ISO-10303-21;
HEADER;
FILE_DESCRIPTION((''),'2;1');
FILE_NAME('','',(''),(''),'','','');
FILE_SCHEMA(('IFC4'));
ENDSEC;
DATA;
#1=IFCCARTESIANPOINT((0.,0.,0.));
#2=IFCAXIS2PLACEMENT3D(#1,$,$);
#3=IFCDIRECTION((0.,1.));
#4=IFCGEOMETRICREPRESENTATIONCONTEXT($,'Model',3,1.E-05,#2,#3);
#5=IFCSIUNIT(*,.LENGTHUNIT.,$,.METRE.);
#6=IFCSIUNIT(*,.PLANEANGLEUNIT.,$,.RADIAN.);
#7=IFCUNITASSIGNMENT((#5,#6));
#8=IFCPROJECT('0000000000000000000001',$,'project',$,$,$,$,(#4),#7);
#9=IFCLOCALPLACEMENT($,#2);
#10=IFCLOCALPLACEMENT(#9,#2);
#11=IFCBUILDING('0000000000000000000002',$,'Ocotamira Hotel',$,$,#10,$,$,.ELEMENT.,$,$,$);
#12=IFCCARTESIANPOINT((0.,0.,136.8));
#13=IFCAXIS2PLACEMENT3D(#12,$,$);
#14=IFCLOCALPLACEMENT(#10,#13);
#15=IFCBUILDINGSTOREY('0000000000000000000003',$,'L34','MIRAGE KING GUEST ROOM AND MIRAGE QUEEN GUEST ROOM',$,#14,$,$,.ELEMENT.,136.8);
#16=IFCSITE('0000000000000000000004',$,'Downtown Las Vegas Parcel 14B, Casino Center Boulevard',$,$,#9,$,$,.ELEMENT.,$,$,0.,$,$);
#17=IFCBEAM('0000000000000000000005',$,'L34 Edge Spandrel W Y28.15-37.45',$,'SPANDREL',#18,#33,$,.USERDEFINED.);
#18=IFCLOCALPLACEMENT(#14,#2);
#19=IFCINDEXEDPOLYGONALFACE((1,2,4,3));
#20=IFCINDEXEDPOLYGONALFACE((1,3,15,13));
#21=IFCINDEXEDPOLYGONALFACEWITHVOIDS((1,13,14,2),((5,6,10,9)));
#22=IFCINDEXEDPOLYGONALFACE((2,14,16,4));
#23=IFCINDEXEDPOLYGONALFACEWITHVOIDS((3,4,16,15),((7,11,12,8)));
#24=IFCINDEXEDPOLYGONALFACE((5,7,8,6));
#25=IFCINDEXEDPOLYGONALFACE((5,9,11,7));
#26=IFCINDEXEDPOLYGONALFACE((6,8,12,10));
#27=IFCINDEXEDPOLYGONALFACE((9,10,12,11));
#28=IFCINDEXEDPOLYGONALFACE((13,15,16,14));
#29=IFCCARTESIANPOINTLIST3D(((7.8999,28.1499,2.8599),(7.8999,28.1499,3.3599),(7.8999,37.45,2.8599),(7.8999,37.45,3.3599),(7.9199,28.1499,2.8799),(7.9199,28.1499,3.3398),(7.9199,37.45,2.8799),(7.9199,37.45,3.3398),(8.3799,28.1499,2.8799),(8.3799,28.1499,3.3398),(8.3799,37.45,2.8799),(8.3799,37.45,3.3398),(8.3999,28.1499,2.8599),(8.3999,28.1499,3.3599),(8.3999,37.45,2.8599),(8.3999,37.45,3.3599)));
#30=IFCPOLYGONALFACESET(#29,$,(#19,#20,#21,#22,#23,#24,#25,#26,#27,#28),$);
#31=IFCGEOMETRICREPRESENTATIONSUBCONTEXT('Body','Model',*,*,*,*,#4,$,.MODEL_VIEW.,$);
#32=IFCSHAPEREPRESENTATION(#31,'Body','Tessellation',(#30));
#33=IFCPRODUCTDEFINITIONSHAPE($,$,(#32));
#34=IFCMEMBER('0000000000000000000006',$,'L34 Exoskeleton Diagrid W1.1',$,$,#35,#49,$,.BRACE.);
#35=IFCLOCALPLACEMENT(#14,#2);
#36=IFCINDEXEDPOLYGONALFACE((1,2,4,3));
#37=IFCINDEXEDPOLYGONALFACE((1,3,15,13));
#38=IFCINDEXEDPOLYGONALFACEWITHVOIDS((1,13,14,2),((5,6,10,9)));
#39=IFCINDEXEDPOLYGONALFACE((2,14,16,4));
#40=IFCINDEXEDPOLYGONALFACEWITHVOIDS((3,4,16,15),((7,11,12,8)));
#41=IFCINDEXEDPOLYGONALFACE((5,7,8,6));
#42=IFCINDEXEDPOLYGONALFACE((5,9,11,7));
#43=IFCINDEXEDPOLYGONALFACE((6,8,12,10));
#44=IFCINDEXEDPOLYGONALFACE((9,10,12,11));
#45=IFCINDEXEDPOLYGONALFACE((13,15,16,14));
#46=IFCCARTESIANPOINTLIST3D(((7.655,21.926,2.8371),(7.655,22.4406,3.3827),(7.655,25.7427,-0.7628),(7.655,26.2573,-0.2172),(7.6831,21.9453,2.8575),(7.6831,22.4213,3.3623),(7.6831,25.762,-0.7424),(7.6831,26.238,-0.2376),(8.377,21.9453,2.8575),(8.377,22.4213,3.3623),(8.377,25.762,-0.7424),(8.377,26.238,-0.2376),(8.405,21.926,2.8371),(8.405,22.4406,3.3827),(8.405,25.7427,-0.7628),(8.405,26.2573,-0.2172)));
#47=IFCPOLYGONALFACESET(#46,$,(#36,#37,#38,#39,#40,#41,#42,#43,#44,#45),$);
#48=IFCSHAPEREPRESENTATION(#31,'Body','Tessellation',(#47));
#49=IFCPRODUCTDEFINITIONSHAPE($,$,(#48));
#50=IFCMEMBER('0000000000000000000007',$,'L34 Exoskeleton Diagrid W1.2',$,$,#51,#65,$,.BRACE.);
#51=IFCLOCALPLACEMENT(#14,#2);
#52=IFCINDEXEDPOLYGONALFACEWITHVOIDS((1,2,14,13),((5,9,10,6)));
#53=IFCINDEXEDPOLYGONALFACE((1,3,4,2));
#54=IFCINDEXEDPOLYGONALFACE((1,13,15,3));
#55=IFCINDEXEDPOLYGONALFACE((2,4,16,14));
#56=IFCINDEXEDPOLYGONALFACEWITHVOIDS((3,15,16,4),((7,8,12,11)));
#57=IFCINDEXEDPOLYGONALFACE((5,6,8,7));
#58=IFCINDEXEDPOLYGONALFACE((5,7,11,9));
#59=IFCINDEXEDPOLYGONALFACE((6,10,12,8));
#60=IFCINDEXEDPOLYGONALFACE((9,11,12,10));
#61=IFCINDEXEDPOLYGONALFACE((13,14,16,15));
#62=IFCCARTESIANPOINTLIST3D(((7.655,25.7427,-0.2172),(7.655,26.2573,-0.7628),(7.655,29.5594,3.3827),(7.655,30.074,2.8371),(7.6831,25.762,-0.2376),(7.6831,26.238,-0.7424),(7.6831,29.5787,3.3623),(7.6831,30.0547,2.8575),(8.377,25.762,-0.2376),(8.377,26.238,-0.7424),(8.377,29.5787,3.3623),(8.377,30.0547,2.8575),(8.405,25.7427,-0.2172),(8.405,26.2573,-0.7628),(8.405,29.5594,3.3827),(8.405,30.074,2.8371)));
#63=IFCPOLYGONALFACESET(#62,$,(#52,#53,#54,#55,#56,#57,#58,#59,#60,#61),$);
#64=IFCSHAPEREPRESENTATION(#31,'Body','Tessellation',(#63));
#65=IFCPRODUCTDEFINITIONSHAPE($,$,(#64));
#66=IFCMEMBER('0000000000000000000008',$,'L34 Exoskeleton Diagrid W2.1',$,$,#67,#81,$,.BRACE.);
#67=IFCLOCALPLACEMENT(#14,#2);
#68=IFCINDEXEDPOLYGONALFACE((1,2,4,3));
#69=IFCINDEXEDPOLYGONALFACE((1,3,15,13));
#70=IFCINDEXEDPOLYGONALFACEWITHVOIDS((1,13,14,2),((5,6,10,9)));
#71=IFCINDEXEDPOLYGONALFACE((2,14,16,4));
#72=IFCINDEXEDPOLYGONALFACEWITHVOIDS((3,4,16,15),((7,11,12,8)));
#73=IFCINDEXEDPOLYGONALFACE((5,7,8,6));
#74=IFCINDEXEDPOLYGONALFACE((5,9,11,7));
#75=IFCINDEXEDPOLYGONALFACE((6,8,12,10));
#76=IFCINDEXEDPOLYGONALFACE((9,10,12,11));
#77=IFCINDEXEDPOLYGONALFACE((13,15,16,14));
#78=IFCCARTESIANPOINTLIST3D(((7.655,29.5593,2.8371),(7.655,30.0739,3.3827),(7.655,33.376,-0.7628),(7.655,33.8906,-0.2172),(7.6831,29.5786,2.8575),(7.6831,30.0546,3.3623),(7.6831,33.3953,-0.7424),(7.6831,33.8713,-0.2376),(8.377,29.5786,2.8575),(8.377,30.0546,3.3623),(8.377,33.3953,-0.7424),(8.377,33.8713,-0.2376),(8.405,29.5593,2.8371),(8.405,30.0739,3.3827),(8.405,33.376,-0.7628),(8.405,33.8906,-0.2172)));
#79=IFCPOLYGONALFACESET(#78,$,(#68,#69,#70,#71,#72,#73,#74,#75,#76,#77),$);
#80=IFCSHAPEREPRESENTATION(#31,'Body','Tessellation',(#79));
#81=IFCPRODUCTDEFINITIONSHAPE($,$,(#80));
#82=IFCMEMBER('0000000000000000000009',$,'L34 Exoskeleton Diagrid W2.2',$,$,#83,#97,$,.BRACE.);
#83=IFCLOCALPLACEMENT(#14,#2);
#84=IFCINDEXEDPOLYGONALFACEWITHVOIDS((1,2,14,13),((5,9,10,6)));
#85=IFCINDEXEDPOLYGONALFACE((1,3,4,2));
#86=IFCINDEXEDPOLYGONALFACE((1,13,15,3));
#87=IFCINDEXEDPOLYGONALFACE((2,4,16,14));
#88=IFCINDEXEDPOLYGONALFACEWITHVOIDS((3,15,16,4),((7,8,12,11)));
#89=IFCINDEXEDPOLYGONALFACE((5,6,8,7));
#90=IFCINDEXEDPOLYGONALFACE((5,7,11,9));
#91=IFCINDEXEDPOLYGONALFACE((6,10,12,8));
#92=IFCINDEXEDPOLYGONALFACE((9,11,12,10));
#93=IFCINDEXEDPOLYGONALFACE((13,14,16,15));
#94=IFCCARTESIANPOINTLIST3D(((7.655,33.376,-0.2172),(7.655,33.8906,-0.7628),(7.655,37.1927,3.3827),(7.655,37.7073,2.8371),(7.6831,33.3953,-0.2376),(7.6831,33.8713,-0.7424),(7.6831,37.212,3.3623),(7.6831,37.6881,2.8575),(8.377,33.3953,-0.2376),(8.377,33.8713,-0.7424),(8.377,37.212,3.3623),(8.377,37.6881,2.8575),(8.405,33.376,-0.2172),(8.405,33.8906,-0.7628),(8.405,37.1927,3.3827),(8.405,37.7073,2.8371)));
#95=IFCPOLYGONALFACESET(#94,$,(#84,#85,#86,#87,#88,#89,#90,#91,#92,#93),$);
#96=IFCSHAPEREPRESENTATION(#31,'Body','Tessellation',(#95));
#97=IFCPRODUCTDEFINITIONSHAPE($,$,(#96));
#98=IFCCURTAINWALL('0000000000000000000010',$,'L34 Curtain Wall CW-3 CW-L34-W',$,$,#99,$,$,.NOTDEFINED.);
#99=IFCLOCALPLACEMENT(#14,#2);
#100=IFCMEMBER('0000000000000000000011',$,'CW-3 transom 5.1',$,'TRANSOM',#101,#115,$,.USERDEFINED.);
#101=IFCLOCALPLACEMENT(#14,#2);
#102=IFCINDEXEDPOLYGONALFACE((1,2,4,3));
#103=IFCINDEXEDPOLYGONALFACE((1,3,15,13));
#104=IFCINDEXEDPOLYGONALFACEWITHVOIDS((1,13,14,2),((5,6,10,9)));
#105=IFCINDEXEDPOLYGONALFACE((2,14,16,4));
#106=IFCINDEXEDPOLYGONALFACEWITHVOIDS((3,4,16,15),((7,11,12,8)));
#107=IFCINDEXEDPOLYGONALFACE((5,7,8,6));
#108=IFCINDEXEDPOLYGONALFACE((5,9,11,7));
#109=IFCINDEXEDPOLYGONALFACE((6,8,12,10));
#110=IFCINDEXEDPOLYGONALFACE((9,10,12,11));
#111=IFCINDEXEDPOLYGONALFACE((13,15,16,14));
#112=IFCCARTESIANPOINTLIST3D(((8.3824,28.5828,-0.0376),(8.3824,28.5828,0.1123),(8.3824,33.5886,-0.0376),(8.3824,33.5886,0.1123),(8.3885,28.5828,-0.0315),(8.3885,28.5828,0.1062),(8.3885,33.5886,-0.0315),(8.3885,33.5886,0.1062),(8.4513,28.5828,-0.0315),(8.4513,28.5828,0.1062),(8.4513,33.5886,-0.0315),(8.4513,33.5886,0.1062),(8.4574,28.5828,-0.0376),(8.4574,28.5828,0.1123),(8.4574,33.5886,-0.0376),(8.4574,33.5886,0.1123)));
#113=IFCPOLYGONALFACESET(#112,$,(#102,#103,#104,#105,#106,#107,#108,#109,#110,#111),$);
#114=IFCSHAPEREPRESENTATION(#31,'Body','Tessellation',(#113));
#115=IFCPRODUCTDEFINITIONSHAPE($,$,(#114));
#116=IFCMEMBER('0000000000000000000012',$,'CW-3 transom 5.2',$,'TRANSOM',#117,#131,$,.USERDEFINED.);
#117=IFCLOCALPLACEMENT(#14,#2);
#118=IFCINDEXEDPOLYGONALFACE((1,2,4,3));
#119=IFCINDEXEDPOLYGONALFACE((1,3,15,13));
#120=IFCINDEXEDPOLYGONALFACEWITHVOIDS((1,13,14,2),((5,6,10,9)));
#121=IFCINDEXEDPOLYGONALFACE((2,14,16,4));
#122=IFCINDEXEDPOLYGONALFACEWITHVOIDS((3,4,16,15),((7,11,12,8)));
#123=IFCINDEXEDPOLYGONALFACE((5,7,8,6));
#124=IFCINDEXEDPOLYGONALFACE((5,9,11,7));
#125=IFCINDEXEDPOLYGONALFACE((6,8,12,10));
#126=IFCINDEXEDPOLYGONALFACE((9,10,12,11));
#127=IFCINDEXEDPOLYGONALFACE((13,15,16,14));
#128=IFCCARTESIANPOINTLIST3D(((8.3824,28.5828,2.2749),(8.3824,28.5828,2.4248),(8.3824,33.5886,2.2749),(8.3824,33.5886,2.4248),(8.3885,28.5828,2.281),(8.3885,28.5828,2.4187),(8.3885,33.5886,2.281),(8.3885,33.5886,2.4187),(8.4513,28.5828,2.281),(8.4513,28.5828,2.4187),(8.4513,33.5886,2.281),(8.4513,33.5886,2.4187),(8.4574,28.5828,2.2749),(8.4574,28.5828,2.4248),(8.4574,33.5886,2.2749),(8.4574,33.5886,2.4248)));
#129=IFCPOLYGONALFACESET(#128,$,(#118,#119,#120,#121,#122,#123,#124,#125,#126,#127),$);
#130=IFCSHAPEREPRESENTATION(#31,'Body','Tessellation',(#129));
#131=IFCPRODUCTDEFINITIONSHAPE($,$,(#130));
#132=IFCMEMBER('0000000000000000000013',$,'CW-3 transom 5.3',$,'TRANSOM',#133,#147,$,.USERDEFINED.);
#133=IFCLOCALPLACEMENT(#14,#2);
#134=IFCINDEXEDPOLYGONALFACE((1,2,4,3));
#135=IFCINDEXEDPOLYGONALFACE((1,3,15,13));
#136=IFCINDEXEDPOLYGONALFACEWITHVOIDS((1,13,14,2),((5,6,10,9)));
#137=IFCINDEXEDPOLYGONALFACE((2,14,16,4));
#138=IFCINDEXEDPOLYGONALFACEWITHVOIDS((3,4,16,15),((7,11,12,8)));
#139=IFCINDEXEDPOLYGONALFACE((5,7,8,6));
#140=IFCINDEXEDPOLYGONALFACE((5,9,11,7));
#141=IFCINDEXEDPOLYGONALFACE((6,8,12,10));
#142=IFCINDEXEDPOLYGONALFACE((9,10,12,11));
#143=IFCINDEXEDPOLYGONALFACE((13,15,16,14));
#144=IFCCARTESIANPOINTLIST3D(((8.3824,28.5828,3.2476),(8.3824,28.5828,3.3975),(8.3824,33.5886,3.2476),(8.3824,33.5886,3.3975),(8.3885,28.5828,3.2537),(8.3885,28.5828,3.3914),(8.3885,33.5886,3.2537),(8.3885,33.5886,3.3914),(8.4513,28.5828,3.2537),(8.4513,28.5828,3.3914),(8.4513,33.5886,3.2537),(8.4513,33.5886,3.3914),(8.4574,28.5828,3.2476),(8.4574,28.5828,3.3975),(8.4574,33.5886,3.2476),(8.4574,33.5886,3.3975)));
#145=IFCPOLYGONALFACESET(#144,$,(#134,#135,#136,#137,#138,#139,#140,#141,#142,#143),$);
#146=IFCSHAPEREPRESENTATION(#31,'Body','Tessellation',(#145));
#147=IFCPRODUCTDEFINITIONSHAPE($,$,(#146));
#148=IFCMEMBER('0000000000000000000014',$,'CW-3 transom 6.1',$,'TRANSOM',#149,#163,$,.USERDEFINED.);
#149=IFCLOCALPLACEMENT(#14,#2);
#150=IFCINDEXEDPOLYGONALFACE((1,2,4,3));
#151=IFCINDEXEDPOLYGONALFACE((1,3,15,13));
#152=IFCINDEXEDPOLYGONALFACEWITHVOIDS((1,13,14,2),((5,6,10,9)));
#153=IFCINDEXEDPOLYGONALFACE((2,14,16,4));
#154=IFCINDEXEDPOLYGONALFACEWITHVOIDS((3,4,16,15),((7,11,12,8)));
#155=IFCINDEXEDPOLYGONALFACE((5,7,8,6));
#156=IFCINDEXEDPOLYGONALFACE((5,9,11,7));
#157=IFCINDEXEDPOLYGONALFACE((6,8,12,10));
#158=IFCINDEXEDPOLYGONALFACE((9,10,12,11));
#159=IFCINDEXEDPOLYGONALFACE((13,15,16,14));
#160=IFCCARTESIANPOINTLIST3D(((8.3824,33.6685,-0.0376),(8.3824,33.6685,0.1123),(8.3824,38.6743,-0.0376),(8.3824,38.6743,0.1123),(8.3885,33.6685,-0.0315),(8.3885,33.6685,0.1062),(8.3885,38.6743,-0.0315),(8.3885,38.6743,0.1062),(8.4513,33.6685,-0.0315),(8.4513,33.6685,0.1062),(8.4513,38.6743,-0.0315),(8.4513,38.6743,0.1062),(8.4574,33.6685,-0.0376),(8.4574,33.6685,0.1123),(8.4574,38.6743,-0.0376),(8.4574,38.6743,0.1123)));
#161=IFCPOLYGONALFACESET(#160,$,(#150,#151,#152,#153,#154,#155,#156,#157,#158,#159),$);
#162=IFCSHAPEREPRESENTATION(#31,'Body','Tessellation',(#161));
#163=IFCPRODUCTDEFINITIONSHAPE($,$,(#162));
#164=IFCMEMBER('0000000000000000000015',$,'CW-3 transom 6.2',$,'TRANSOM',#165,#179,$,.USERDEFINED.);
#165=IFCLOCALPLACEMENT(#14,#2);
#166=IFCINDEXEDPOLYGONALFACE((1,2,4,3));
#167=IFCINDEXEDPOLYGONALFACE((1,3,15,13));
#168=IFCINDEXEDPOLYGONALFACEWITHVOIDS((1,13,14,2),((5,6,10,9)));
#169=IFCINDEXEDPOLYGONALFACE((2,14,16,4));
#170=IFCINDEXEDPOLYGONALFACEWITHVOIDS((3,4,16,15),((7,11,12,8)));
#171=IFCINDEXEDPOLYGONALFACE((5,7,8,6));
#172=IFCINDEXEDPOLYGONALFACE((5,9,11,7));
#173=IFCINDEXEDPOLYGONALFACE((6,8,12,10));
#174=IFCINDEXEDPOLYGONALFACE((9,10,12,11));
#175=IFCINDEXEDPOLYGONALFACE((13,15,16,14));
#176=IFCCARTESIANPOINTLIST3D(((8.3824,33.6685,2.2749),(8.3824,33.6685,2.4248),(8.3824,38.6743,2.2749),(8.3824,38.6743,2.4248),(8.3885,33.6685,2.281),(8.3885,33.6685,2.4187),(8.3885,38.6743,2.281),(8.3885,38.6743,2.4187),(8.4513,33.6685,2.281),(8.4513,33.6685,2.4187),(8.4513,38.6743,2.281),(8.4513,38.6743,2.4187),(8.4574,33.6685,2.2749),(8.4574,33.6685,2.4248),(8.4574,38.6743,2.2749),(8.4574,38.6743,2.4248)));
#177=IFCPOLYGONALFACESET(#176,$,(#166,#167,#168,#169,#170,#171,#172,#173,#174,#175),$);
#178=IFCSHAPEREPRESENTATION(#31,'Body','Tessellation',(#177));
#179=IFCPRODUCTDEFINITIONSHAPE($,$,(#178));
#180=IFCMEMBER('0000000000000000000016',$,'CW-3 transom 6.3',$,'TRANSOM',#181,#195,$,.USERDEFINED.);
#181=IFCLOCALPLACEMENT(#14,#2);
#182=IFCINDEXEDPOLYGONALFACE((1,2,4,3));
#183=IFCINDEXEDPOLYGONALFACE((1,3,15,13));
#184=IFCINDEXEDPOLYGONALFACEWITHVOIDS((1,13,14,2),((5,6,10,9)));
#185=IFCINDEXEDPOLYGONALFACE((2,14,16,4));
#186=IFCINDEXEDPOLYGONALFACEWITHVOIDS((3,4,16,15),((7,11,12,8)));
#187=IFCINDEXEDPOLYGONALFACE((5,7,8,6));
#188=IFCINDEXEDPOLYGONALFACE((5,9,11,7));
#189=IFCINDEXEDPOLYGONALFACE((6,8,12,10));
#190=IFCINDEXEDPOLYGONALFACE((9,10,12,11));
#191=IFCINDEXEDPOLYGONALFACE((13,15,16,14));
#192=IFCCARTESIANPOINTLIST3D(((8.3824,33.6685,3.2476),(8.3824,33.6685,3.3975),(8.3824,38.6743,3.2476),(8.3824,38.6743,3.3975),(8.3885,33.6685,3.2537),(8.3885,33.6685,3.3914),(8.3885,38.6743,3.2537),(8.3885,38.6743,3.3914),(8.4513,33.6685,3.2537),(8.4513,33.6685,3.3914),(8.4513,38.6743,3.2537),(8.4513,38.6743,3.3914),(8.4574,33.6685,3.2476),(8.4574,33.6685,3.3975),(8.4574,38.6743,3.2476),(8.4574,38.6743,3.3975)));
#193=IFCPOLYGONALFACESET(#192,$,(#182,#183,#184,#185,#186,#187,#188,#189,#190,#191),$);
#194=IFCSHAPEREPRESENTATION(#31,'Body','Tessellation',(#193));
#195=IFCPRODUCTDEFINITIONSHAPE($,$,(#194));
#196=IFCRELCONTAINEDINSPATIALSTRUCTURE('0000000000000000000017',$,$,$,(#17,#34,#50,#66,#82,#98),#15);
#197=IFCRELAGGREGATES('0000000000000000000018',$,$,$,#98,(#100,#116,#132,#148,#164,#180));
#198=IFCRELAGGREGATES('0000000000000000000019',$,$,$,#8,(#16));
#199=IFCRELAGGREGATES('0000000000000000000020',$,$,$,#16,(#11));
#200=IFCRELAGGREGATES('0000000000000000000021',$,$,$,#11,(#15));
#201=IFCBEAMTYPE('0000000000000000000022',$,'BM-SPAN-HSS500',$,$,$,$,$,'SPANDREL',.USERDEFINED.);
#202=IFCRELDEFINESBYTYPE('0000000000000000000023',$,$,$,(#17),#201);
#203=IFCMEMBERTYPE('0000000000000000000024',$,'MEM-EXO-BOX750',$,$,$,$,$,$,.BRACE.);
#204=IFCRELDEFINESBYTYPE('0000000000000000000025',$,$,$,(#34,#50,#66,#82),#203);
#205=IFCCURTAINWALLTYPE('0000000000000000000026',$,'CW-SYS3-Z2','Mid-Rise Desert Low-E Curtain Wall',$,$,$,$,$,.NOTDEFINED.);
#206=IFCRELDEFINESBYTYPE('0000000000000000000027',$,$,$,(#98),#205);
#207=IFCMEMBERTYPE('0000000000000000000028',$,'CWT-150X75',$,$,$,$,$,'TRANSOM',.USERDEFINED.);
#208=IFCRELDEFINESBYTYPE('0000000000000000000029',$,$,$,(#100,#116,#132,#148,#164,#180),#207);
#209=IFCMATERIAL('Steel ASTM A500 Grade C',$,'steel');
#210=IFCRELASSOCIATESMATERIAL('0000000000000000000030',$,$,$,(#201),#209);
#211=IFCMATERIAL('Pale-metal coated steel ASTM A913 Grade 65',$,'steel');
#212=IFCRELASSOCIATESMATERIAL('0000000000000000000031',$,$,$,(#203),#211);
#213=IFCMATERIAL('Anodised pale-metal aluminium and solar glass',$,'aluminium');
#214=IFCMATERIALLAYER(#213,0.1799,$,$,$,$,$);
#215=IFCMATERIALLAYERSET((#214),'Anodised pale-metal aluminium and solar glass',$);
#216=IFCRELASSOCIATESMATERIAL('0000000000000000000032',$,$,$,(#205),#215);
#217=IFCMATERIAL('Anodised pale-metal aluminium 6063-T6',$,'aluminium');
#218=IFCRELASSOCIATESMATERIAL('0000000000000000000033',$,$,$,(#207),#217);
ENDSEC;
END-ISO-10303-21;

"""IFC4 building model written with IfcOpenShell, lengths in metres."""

from ifc_helpers import new_model, si_unit, direction, frame, origin, origin_2d, place, context, subcontext, project, spatial, hollow_rectangle, extrude, source, transform, mapped, material, layer, layer_set, material_profile, profile_set, type_object, element, aggregate, save


model = new_model("IFC4")

# Units and contexts
model_context = context("Model", 3, precision=1e-05, world=origin(), true_north=direction((0.0, 1.0)))
body_context = subcontext(model_context, "Body", "Model", "MODEL_VIEW")
ifc_project = project(units=[si_unit("LENGTHUNIT", "METRE"), si_unit("PLANEANGLEUNIT", "RADIAN")], contexts=[model_context])

# Site, building, storey
site_placement = place(None, origin())
site = spatial("IfcSite", under=ifc_project, at=site_placement, Name="Downtown Las Vegas Parcel 14B, Casino Center Boulevard", CompositionType="ELEMENT", RefElevation=0.0)
building_placement = place(site_placement, origin())
building = spatial("IfcBuilding", under=site, at=building_placement, Name="Ocotamira Hotel", CompositionType="ELEMENT")
storey_placement = place(building_placement, frame((0.0, 0.0, 136.8)))
storey = spatial("IfcBuildingStorey", under=building, at=storey_placement, Name="L34", Description="MIRAGE KING GUEST ROOM AND MIRAGE QUEEN GUEST ROOM", CompositionType="ELEMENT", Elevation=136.8)

# Beam
ifc_material_1 = material(Name="Steel ASTM A500 Grade C", Category="steel")
ifc_material_profile_1 = material_profile(ifc_material_1, hollow_rectangle(XDim=0.5, YDim=0.5, WallThickness=0.02, at=origin_2d()), Name="HSS500X500X20")
ifc_profile_set_1 = profile_set([ifc_material_profile_1], Name="Steel ASTM A500 Grade C")
beam_type_1 = type_object("IfcBeamType", Name="BM-SPAN-HSS500", ElementType="SPANDREL", PredefinedType="USERDEFINED", material=ifc_profile_set_1)
shared_shape_1 = source(origin(), body_context, "Body", "SweptSolid", [
    extrude(hollow_rectangle(XDim=0.5, YDim=0.5, WallThickness=0.02, at=origin_2d()), origin(), (0.0, 0.0, 1.0), 9.3),
])
beam_1_placement = place(storey_placement, frame((8.1499, 28.1499, 3.1099), z_axis=(0.0, 1.0, 0.0), x_axis=(-1.0, 0.0, 0.0)))
element("IfcBeam", 1, at=beam_1_placement, inside=storey, type_object=beam_type_1, Name="L34 Edge Spandrel W Y28.15-37.45", ObjectType="SPANDREL", PredefinedType="USERDEFINED", context=body_context, shape_type="MappedRepresentation", body=[
    mapped(shared_shape_1, transform((0.0, 0.0, 0.0), scale=1.0)),
])

# Members
ifc_material_2 = material(Name="Pale-metal coated steel ASTM A913 Grade 65", Category="steel")
ifc_material_profile_2 = material_profile(ifc_material_2, hollow_rectangle(XDim=0.75, YDim=0.75, WallThickness=0.0281, at=origin_2d()), Name="BOX750X750X28")
ifc_profile_set_2 = profile_set([ifc_material_profile_2], Name="Pale-metal coated steel ASTM A913 Grade 65")
member_type_1 = type_object("IfcMemberType", Name="MEM-EXO-BOX750", PredefinedType="BRACE", material=ifc_profile_set_2)
shared_shape_2 = source(origin(), body_context, "Body", "SweptSolid", [
    extrude(hollow_rectangle(XDim=0.75, YDim=0.75, WallThickness=0.0281, at=origin_2d()), origin(), (0.0, 0.0, 1.0), 5.2466),
])
for number, where, z_axis, x_axis, name in (
    (2, (8.03, 26.0, -0.49), (0.0, -0.727466, 0.686144), (1.0, 0.0, 0.0), "L34 Exoskeleton Diagrid W1.1"),
    (3, (8.03, 26.0, -0.49), (0.0, 0.727466, 0.686144), (-1.0, 0.0, 0.0), "L34 Exoskeleton Diagrid W1.2"),
    (4, (8.03, 33.6333, -0.49), (0.0, -0.727466, 0.686144), (1.0, 0.0, 0.0), "L34 Exoskeleton Diagrid W2.1"),
    (5, (8.03, 33.6333, -0.49), (0.0, 0.727466, 0.686144), (-1.0, 0.0, 0.0), "L34 Exoskeleton Diagrid W2.2"),
):
    element("IfcMember", number, at=place(storey_placement, frame(where, z_axis=z_axis, x_axis=x_axis)), inside=storey, type_object=member_type_1, Name=name, PredefinedType="BRACE", context=body_context, shape_type="MappedRepresentation", body=[
        mapped(shared_shape_2, transform((0.0, 0.0, 0.0), scale=1.0)),
    ])

# Curtain wall, members
ifc_material_3 = material(Name="Anodised pale-metal aluminium and solar glass", Category="aluminium")
ifc_layer_1 = layer(ifc_material_3, 0.1799)
ifc_layer_set_1 = layer_set([ifc_layer_1], Name="Anodised pale-metal aluminium and solar glass")
curtain_wall_type = type_object("IfcCurtainWallType", Name="CW-SYS3-Z2", Description="Mid-Rise Desert Low-E Curtain Wall", PredefinedType="NOTDEFINED", material=ifc_layer_set_1)
curtain_wall_placement = place(storey_placement, origin())
curtain_wall = element("IfcCurtainWall", 6, at=curtain_wall_placement, inside=storey, type_object=curtain_wall_type, Name="L34 Curtain Wall CW-3 CW-L34-W", PredefinedType="NOTDEFINED")
ifc_material_4 = material(Name="Anodised pale-metal aluminium 6063-T6", Category="aluminium")
ifc_material_profile_3 = material_profile(ifc_material_4, hollow_rectangle(XDim=0.075, YDim=0.1499, WallThickness=0.0061, at=origin_2d()), Name="HSS150X75X6")
ifc_profile_set_3 = profile_set([ifc_material_profile_3], Name="Anodised pale-metal aluminium 6063-T6")
member_type_2 = type_object("IfcMemberType", Name="CWT-150X75", ElementType="TRANSOM", PredefinedType="USERDEFINED", material=ifc_profile_set_3)
shared_shape_3 = source(origin(), body_context, "Body", "SweptSolid", [
    extrude(hollow_rectangle(XDim=0.075, YDim=0.1499, WallThickness=0.0061, at=origin_2d()), origin(), (0.0, 0.0, 1.0), 5.0059),
])
member_1_placement = place(storey_placement, frame((8.4199, 28.5828, 0.0374), z_axis=(0.0, 1.0, 0.0), x_axis=(-1.0, 0.0, 0.0)))
member_1 = element("IfcMember", 7, at=member_1_placement, type_object=member_type_2, Name="CW-3 transom 5.1", ObjectType="TRANSOM", PredefinedType="USERDEFINED", context=body_context, shape_type="MappedRepresentation", body=[
    mapped(shared_shape_3, transform((0.0, 0.0, 0.0), scale=1.0)),
])
member_2_placement = place(storey_placement, frame((8.4199, 28.5828, 2.3499), z_axis=(0.0, 1.0, 0.0), x_axis=(-1.0, 0.0, 0.0)))
member_2 = element("IfcMember", 8, at=member_2_placement, type_object=member_type_2, Name="CW-3 transom 5.2", ObjectType="TRANSOM", PredefinedType="USERDEFINED", context=body_context, shape_type="MappedRepresentation", body=[
    mapped(shared_shape_3, transform((0.0, 0.0, 0.0), scale=1.0)),
])
member_3_placement = place(storey_placement, frame((8.4199, 28.5828, 3.3225), z_axis=(0.0, 1.0, 0.0), x_axis=(-1.0, 0.0, 0.0)))
member_3 = element("IfcMember", 9, at=member_3_placement, type_object=member_type_2, Name="CW-3 transom 5.3", ObjectType="TRANSOM", PredefinedType="USERDEFINED", context=body_context, shape_type="MappedRepresentation", body=[
    mapped(shared_shape_3, transform((0.0, 0.0, 0.0), scale=1.0)),
])
member_4_placement = place(storey_placement, frame((8.4199, 33.6685, 0.0374), z_axis=(0.0, 1.0, 0.0), x_axis=(-1.0, 0.0, 0.0)))
member_4 = element("IfcMember", 10, at=member_4_placement, type_object=member_type_2, Name="CW-3 transom 6.1", ObjectType="TRANSOM", PredefinedType="USERDEFINED", context=body_context, shape_type="MappedRepresentation", body=[
    mapped(shared_shape_3, transform((0.0, 0.0, 0.0), scale=1.0)),
])
member_5_placement = place(storey_placement, frame((8.4199, 33.6685, 2.3499), z_axis=(0.0, 1.0, 0.0), x_axis=(-1.0, 0.0, 0.0)))
member_5 = element("IfcMember", 11, at=member_5_placement, type_object=member_type_2, Name="CW-3 transom 6.2", ObjectType="TRANSOM", PredefinedType="USERDEFINED", context=body_context, shape_type="MappedRepresentation", body=[
    mapped(shared_shape_3, transform((0.0, 0.0, 0.0), scale=1.0)),
])
member_6_placement = place(storey_placement, frame((8.4199, 33.6685, 3.3225), z_axis=(0.0, 1.0, 0.0), x_axis=(-1.0, 0.0, 0.0)))
member_6 = element("IfcMember", 12, at=member_6_placement, type_object=member_type_2, Name="CW-3 transom 6.3", ObjectType="TRANSOM", PredefinedType="USERDEFINED", context=body_context, shape_type="MappedRepresentation", body=[
    mapped(shared_shape_3, transform((0.0, 0.0, 0.0), scale=1.0)),
])

aggregate(curtain_wall, [member_1, member_2, member_3, member_4, member_5, member_6])

save(model, "model.ifc")
